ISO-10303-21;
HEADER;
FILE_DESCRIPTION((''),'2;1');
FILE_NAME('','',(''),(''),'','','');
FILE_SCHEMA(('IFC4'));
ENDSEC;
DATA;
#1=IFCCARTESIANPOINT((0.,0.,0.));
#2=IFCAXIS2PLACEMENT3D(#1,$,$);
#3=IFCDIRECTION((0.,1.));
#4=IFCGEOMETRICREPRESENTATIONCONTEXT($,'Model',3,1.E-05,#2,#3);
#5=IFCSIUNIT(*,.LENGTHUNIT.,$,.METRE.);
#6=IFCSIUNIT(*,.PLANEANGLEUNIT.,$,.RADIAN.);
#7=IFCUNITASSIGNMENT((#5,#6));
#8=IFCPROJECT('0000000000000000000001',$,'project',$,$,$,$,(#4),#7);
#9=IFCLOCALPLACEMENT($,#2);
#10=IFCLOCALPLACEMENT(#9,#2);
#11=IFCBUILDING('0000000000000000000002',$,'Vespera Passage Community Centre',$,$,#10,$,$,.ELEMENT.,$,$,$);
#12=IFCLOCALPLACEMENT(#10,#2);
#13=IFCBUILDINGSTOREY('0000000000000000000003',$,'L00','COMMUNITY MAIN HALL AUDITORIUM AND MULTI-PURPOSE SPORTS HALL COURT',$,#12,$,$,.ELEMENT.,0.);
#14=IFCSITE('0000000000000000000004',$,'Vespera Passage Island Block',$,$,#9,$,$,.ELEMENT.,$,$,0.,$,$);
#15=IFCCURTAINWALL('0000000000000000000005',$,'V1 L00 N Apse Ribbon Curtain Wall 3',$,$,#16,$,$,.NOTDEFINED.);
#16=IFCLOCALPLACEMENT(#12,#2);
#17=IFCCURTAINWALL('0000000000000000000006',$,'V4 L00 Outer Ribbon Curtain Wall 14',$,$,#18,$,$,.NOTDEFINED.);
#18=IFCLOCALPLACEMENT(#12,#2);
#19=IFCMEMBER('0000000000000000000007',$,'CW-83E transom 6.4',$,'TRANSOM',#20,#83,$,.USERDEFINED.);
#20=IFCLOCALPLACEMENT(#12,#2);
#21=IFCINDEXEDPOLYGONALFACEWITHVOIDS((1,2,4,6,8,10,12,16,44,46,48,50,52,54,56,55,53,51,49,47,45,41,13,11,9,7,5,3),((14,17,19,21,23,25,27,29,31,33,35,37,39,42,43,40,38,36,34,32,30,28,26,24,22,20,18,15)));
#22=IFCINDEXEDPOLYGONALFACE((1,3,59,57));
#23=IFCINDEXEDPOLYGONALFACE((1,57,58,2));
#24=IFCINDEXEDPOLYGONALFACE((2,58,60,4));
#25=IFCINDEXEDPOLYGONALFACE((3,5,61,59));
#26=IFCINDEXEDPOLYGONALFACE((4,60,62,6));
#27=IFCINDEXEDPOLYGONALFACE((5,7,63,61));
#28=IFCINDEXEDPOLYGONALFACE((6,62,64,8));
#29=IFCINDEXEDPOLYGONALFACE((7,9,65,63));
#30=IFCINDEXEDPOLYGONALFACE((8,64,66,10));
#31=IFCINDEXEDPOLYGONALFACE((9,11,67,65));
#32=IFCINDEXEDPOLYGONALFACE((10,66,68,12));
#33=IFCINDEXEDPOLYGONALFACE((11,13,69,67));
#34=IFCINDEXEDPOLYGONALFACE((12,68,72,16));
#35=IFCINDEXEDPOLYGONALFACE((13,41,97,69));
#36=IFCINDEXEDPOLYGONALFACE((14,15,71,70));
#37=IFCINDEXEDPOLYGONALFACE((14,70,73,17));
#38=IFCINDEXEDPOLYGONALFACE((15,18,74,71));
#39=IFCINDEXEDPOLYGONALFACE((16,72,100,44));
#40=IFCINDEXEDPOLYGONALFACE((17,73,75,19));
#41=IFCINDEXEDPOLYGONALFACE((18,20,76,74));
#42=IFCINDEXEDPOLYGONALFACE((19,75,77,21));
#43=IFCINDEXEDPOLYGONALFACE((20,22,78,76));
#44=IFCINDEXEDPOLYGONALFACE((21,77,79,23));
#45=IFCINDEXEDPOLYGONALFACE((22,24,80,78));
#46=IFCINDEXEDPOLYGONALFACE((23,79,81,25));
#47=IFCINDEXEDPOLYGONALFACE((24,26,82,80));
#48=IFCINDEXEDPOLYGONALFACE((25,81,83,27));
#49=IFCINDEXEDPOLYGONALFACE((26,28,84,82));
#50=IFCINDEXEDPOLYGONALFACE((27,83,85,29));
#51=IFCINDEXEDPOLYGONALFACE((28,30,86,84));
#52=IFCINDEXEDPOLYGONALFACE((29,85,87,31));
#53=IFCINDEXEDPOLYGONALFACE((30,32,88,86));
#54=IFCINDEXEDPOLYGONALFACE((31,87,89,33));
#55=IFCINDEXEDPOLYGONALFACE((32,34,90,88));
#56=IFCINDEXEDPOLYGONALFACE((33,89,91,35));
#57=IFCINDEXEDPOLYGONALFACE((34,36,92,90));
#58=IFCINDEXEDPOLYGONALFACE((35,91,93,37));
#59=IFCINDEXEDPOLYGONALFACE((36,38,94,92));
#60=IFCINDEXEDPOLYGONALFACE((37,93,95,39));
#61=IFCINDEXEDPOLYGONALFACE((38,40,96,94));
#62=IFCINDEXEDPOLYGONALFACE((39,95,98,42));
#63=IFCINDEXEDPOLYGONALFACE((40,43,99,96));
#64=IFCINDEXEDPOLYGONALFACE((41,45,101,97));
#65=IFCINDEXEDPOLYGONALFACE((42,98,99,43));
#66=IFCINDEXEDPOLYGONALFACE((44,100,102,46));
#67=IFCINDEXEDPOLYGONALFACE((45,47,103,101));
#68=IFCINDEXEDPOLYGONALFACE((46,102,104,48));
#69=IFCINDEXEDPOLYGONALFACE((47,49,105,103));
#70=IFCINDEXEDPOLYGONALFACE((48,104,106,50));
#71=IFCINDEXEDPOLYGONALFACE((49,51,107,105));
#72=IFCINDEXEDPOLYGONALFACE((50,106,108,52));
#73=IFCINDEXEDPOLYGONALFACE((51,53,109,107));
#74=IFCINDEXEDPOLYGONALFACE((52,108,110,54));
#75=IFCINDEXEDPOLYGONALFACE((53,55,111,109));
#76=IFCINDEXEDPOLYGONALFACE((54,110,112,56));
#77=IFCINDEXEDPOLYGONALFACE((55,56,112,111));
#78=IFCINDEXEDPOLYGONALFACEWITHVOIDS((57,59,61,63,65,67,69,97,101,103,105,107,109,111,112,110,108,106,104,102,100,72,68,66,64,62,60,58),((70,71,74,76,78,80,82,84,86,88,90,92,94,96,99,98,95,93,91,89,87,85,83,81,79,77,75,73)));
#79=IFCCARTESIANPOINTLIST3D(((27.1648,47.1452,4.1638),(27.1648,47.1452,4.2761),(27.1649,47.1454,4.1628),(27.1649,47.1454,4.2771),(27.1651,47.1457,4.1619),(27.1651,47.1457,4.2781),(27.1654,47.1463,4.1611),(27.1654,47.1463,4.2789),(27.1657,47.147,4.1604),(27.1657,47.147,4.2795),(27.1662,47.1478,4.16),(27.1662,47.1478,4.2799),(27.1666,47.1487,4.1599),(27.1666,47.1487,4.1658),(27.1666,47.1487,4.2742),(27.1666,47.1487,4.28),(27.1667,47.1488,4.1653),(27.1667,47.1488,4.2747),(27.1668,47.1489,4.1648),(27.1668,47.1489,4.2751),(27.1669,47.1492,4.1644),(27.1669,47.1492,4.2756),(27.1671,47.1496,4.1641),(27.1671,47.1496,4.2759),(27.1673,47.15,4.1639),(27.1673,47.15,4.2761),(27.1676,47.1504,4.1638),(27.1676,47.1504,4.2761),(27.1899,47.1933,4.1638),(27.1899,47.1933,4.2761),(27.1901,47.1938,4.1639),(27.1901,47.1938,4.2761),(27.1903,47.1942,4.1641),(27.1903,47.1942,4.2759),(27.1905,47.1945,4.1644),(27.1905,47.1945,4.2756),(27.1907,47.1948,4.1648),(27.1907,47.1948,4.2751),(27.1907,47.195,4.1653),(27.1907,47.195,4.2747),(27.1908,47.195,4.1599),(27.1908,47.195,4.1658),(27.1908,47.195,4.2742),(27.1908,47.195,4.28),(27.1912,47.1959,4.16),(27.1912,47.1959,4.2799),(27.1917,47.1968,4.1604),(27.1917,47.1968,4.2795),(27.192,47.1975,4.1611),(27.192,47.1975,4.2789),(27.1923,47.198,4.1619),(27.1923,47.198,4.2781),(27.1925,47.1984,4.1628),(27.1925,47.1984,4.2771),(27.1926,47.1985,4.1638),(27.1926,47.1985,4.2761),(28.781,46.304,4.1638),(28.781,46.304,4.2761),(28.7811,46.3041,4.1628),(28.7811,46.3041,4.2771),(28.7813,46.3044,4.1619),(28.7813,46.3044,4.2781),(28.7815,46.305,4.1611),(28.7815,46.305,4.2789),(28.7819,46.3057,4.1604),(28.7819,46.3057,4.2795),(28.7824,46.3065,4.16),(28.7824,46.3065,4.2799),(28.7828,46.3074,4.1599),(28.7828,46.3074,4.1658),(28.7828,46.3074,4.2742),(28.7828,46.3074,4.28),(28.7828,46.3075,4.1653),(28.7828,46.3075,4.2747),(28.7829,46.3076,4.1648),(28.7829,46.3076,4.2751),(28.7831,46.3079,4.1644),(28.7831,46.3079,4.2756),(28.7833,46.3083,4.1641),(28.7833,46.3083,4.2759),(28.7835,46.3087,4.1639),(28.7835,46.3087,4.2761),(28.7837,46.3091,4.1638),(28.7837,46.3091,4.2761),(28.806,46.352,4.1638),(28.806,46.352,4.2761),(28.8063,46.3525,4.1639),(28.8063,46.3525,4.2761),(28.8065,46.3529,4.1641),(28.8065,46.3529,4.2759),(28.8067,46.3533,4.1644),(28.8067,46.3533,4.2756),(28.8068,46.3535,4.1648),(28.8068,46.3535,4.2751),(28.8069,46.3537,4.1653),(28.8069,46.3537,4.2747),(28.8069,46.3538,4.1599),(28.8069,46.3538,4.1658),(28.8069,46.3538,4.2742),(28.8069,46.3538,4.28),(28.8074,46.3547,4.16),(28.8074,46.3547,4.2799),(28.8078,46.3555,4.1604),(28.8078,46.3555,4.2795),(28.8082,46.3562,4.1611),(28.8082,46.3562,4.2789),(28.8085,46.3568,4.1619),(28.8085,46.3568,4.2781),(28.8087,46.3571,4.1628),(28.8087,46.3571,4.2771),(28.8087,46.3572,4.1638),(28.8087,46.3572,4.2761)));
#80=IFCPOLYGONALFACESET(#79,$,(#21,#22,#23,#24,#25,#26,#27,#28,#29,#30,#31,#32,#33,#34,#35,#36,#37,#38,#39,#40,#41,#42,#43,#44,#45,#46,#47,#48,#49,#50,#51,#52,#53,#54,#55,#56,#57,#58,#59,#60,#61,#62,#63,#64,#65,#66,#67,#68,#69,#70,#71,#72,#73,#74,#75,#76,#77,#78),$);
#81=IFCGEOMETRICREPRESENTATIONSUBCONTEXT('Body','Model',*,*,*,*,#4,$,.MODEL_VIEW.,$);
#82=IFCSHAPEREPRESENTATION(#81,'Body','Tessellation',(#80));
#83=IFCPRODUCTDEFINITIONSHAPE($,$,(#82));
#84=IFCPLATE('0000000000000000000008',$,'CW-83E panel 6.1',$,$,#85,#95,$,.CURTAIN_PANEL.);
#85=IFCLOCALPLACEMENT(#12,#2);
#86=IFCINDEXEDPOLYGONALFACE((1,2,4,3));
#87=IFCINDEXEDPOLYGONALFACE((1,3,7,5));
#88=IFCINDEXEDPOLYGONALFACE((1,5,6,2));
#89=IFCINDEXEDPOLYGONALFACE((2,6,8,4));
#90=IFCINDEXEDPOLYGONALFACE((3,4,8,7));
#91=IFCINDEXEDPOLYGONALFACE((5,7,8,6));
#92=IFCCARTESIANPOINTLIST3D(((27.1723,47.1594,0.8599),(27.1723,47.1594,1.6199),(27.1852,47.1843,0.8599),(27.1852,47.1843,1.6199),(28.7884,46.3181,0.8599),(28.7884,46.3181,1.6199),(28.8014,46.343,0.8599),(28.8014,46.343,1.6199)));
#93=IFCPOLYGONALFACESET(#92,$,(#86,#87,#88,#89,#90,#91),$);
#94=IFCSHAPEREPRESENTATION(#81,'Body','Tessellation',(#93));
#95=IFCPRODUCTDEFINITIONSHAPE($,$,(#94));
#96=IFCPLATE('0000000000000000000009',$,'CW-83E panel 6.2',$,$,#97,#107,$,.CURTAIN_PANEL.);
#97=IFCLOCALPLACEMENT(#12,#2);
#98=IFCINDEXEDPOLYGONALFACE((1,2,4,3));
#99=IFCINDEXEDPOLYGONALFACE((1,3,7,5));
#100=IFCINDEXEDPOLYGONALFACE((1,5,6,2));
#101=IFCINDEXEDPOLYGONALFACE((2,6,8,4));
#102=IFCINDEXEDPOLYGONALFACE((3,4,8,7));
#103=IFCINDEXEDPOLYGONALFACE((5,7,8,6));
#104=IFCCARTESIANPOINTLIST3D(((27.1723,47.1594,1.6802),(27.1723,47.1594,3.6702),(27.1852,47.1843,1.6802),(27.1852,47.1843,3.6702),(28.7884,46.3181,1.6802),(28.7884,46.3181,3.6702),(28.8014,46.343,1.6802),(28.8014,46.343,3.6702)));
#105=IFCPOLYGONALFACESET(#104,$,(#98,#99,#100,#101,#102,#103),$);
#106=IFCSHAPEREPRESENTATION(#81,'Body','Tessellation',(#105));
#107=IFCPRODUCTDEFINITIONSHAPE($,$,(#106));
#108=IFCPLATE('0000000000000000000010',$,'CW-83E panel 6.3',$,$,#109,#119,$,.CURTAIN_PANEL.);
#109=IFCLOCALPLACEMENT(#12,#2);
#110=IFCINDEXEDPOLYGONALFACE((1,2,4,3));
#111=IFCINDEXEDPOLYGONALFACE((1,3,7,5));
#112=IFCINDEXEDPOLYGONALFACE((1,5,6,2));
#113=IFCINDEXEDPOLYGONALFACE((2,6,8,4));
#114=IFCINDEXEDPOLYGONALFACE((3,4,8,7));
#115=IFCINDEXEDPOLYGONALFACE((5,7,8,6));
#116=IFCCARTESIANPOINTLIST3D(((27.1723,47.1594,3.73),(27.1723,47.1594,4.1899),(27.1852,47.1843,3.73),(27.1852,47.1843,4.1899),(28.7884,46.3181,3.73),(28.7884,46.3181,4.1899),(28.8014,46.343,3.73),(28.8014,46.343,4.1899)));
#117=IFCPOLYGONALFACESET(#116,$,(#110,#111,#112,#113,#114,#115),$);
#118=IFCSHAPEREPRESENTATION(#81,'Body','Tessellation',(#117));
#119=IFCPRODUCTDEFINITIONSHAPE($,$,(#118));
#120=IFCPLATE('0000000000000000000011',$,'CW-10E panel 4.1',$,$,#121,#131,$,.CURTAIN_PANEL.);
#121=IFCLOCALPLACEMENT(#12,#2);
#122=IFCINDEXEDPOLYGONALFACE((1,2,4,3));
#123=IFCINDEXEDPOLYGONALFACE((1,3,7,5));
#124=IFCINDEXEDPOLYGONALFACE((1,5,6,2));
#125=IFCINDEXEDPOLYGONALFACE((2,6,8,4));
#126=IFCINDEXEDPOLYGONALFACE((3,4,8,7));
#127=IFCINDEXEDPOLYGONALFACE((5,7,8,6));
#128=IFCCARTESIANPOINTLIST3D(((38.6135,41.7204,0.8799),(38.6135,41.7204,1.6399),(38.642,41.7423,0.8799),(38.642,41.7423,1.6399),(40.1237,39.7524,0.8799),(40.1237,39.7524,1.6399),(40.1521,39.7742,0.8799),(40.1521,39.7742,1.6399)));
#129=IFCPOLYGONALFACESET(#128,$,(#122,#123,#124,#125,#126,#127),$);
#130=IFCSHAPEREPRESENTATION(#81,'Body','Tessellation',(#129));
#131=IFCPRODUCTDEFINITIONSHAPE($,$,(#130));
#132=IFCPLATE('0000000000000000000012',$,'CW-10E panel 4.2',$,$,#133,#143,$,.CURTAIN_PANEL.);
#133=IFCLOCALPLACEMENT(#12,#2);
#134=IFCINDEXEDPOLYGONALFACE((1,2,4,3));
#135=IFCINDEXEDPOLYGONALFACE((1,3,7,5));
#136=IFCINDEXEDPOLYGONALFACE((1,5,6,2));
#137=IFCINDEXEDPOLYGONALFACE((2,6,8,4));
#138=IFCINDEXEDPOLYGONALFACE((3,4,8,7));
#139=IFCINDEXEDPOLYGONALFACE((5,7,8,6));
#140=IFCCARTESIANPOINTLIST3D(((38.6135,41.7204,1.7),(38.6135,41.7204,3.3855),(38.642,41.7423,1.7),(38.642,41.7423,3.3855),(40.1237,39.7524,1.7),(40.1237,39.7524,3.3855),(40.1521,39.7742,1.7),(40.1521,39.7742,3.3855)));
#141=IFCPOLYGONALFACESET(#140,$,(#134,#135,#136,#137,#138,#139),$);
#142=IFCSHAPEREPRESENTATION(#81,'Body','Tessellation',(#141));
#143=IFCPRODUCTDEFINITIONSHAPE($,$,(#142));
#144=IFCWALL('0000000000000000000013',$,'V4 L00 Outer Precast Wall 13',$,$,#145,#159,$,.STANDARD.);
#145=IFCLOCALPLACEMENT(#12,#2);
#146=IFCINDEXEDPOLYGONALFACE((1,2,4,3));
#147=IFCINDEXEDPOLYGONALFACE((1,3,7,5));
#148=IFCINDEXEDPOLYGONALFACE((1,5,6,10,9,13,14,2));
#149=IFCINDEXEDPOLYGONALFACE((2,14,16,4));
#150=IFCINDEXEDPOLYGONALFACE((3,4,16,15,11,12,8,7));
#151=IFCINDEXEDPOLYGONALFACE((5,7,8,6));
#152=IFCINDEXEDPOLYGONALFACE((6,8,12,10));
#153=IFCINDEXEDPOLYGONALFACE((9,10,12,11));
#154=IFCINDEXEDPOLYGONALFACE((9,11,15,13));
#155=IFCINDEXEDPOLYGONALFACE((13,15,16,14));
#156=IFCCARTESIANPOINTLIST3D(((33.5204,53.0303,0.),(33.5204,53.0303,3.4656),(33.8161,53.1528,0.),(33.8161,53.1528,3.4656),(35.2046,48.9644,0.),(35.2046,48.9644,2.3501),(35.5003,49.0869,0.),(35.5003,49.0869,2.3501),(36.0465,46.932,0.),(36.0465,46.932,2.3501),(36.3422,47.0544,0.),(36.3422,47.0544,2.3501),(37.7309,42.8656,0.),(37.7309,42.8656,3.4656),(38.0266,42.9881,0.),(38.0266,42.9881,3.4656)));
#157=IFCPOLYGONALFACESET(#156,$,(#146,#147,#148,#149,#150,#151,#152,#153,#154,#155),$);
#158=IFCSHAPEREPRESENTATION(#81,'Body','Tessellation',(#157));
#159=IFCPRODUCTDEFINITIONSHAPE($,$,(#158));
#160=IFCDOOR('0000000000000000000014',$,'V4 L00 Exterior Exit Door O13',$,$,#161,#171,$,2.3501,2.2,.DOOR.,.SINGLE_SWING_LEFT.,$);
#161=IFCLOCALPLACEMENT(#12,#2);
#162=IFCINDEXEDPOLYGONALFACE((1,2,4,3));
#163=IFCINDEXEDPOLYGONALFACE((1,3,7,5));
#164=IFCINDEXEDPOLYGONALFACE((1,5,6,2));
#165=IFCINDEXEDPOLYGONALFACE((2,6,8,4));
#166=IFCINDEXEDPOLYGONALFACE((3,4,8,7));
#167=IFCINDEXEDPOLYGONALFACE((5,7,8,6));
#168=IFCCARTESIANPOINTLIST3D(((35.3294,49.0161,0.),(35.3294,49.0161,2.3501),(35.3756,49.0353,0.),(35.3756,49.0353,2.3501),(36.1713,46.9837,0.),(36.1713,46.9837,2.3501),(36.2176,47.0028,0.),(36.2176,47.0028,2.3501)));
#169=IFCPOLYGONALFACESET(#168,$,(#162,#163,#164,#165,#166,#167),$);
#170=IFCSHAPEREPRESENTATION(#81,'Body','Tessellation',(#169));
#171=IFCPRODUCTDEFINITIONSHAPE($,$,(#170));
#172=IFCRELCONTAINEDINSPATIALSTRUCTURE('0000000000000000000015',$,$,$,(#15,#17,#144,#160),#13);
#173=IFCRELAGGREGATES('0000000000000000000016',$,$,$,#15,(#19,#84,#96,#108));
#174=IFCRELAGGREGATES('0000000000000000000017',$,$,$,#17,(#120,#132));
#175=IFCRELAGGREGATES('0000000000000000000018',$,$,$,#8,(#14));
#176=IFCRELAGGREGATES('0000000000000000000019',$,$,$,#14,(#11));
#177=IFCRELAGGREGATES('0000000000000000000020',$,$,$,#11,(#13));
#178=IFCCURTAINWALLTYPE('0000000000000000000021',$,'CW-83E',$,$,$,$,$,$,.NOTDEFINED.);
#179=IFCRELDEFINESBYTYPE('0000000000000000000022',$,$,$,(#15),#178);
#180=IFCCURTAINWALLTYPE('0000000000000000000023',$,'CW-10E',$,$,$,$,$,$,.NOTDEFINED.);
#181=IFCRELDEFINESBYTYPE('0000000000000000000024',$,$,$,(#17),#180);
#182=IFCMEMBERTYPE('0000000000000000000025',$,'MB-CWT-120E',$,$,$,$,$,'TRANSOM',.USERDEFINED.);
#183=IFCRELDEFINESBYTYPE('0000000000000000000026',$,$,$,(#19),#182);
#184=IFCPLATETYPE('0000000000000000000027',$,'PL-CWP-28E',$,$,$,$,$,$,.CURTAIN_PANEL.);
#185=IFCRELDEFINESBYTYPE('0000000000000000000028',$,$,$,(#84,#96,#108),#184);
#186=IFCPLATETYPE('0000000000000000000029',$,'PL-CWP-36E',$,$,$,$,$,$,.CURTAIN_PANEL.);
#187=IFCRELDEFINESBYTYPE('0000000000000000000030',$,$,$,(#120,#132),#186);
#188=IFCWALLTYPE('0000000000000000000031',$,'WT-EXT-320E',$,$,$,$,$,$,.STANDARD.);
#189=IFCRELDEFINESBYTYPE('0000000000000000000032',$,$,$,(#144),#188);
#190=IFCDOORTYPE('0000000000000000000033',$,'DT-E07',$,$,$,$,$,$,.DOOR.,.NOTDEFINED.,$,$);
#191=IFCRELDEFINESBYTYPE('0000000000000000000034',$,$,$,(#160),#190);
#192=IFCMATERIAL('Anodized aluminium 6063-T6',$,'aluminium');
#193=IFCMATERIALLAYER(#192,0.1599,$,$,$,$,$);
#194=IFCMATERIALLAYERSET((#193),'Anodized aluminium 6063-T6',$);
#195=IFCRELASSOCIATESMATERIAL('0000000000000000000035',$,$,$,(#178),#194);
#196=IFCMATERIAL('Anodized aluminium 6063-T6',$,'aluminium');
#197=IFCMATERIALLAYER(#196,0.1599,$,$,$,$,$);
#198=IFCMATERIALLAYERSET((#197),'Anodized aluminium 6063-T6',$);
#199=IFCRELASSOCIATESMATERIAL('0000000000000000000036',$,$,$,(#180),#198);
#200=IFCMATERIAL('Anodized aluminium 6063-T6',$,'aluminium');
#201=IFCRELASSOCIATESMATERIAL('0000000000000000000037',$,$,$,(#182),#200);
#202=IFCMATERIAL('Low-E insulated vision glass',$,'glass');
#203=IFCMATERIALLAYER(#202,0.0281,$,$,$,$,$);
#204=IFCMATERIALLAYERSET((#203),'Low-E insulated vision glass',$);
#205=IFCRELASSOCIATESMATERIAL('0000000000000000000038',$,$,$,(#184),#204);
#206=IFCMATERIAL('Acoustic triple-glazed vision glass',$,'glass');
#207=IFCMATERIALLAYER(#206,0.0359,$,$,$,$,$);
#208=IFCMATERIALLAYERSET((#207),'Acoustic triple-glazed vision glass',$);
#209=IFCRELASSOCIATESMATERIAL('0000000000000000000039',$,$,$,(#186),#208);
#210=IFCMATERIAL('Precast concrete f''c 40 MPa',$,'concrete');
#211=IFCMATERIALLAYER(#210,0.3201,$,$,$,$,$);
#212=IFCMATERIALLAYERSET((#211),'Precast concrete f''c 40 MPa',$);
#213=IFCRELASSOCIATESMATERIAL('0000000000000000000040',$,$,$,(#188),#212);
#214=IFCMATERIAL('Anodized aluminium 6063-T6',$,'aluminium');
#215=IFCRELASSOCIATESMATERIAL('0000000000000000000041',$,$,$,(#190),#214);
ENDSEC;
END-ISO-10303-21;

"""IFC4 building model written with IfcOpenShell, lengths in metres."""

from ifc_helpers import new_model, si_unit, direction, frame, frame_2d, origin, origin_2d, place, context, subcontext, project, spatial, rectangle, hollow_rectangle, extrude, material, layer, layer_set, material_profile, profile_set, type_object, element, fill, aggregate, save


model = new_model("IFC4")

# Units and contexts
model_context = context("Model", 3, precision=1e-05, world=origin(), true_north=direction((0.0, 1.0)))
body_context = subcontext(model_context, "Body", "Model", "MODEL_VIEW")
ifc_project = project(units=[si_unit("LENGTHUNIT", "METRE"), si_unit("PLANEANGLEUNIT", "RADIAN")], contexts=[model_context])

# Site, building, storey
site_placement = place(None, origin())
site = spatial("IfcSite", under=ifc_project, at=site_placement, Name="Vespera Passage Island Block", CompositionType="ELEMENT", RefElevation=0.0)
building_placement = place(site_placement, origin())
building = spatial("IfcBuilding", under=site, at=building_placement, Name="Vespera Passage Community Centre", CompositionType="ELEMENT")
storey_placement = place(building_placement, origin())
storey = spatial("IfcBuildingStorey", under=building, at=storey_placement, Name="L00", Description="COMMUNITY MAIN HALL AUDITORIUM AND MULTI-PURPOSE SPORTS HALL COURT", CompositionType="ELEMENT", Elevation=0.0)

# Curtain wall
ifc_material_1 = material(Name="Anodized aluminium 6063-T6", Category="aluminium")
ifc_layer_1 = layer(ifc_material_1, 0.1599)
ifc_layer_set_1 = layer_set([ifc_layer_1], Name="Anodized aluminium 6063-T6")
curtain_wall_type_1 = type_object("IfcCurtainWallType", Name="CW-83E", PredefinedType="NOTDEFINED", material=ifc_layer_set_1)
curtain_wall_1_placement = place(storey_placement, origin())
curtain_wall_1 = element("IfcCurtainWall", 1, at=curtain_wall_1_placement, inside=storey, type_object=curtain_wall_type_1, Name="V1 L00 N Apse Ribbon Curtain Wall 3", PredefinedType="NOTDEFINED")

# Curtain wall
ifc_material_2 = material(Name="Anodized aluminium 6063-T6", Category="aluminium")
ifc_layer_2 = layer(ifc_material_2, 0.1599)
ifc_layer_set_2 = layer_set([ifc_layer_2], Name="Anodized aluminium 6063-T6")
curtain_wall_type_2 = type_object("IfcCurtainWallType", Name="CW-10E", PredefinedType="NOTDEFINED", material=ifc_layer_set_2)
curtain_wall_2_placement = place(storey_placement, origin())
curtain_wall_2 = element("IfcCurtainWall", 2, at=curtain_wall_2_placement, inside=storey, type_object=curtain_wall_type_2, Name="V4 L00 Outer Ribbon Curtain Wall 14", PredefinedType="NOTDEFINED")

# Member
ifc_material_3 = material(Name="Anodized aluminium 6063-T6", Category="aluminium")
ifc_material_profile_1 = material_profile(ifc_material_3, hollow_rectangle(XDim=0.0601, YDim=0.1201, WallThickness=0.0039, InnerFilletRadius=0.002, OuterFilletRadius=0.0039, at=origin_2d()), Name="ALU120X60X4")
ifc_profile_set_1 = profile_set([ifc_material_profile_1], Name="Anodized aluminium 6063-T6")
member_type_1 = type_object("IfcMemberType", Name="MB-CWT-120E", ElementType="TRANSOM", PredefinedType="USERDEFINED", material=ifc_profile_set_1)
member_1_placement = place(storey_placement, frame((27.1787, 47.1719, 4.22), z_axis=(0.887019, -0.461732, 0.0), x_axis=(0.461732, 0.887019, 0.0)))
member_1 = element("IfcMember", 3, at=member_1_placement, type_object=member_type_1, Name="CW-83E transom 6.4", ObjectType="TRANSOM", PredefinedType="USERDEFINED", context=body_context, shape_type="SweptSolid", body=[
    extrude(hollow_rectangle(XDim=0.0601, YDim=0.1201, WallThickness=0.0039, InnerFilletRadius=0.002, OuterFilletRadius=0.0039, at=origin_2d()), origin(), (0.0, 0.0, 1.0), 1.822),
])

# Plates
ifc_material_4 = material(Name="Low-E insulated vision glass", Category="glass")
ifc_layer_3 = layer(ifc_material_4, 0.0281)
ifc_layer_set_3 = layer_set([ifc_layer_3], Name="Low-E insulated vision glass")
plate_type_1 = type_object("IfcPlateType", Name="PL-CWP-28E", PredefinedType="CURTAIN_PANEL", material=ifc_layer_set_3)
plate_1_placement = place(storey_placement, frame((27.9868, 46.7512, 0.8599), z_axis=(0.0, 0.0, 1.0), x_axis=(0.887013, -0.461745, 0.0)))
plate_1 = element("IfcPlate", 4, at=plate_1_placement, type_object=plate_type_1, Name="CW-83E panel 6.1", PredefinedType="CURTAIN_PANEL", context=body_context, shape_type="SweptSolid", body=[
    extrude(rectangle(XDim=1.822, YDim=0.0281, at=origin_2d()), origin(), (0.0, 0.0, 1.0), 0.76),
])
plate_2_placement = place(storey_placement, frame((27.9868, 46.7512, 1.6802), z_axis=(0.0, 0.0, 1.0), x_axis=(0.887013, -0.461745, 0.0)))
plate_2 = element("IfcPlate", 5, at=plate_2_placement, type_object=plate_type_1, Name="CW-83E panel 6.2", PredefinedType="CURTAIN_PANEL", context=body_context, shape_type="SweptSolid", body=[
    extrude(rectangle(XDim=1.822, YDim=0.0281, at=origin_2d()), origin(), (0.0, 0.0, 1.0), 1.99),
])
plate_3_placement = place(storey_placement, frame((27.9868, 46.7512, 3.73), z_axis=(0.0, 0.0, 1.0), x_axis=(0.887013, -0.461745, 0.0)))
plate_3 = element("IfcPlate", 6, at=plate_3_placement, type_object=plate_type_1, Name="CW-83E panel 6.3", PredefinedType="CURTAIN_PANEL", context=body_context, shape_type="SweptSolid", body=[
    extrude(rectangle(XDim=1.822, YDim=0.0281, at=origin_2d()), origin(), (0.0, 0.0, 1.0), 0.46),
])
aggregate(curtain_wall_1, [member_1, plate_1, plate_2, plate_3])
ifc_material_5 = material(Name="Acoustic triple-glazed vision glass", Category="glass")
ifc_layer_4 = layer(ifc_material_5, 0.0359)
ifc_layer_set_4 = layer_set([ifc_layer_4], Name="Acoustic triple-glazed vision glass")
plate_type_2 = type_object("IfcPlateType", Name="PL-CWP-36E", PredefinedType="CURTAIN_PANEL", material=ifc_layer_set_4)
plate_4_placement = place(storey_placement, frame((39.3828, 40.7473, 0.8799), z_axis=(0.0, 0.0, 1.0), x_axis=(-0.608765, 0.79335, 0.0)))
plate_4 = element("IfcPlate", 7, at=plate_4_placement, type_object=plate_type_2, Name="CW-10E panel 4.1", PredefinedType="CURTAIN_PANEL", context=body_context, shape_type="SweptSolid", body=[
    extrude(rectangle(XDim=2.4807, YDim=0.0359, at=origin_2d()), origin(), (0.0, 0.0, 1.0), 0.76),
])
plate_5_placement = place(storey_placement, frame((39.3828, 40.7473, 1.7), z_axis=(0.0, 0.0, 1.0), x_axis=(-0.608765, 0.79335, 0.0)))
plate_5 = element("IfcPlate", 8, at=plate_5_placement, type_object=plate_type_2, Name="CW-10E panel 4.2", PredefinedType="CURTAIN_PANEL", context=body_context, shape_type="SweptSolid", body=[
    extrude(rectangle(XDim=2.4807, YDim=0.0359, at=origin_2d()), origin(), (0.0, 0.0, 1.0), 1.6855),
])
aggregate(curtain_wall_2, [plate_4, plate_5])

# Wall, opening, door
ifc_material_6 = material(Name="Precast concrete f'c 40 MPa", Category="concrete")
ifc_layer_5 = layer(ifc_material_6, 0.3201)
ifc_layer_set_5 = layer_set([ifc_layer_5], Name="Precast concrete f'c 40 MPa")
wall_type_1 = type_object("IfcWallType", Name="WT-EXT-320E", PredefinedType="STANDARD", material=ifc_layer_set_5)
wall_1_placement = place(storey_placement, frame((37.8787, 42.927, 0.0), z_axis=(0.0, 0.0, 1.0), x_axis=(-0.382695, 0.923875, 0.0)))
wall_1 = element("IfcWall", 9, at=wall_1_placement, inside=storey, type_object=wall_type_1, Name="V4 L00 Outer Precast Wall 13", PredefinedType="STANDARD", context=body_context, shape_type="SweptSolid", body=[
    extrude(rectangle(XDim=11.0022, YDim=0.3201, at=frame_2d((5.501, 0.0))), origin(), (0.0, 0.0, 1.0), 3.4656),
])
opening_1_placement = place(wall_1_placement, frame((4.4011, 0.0, 0.0)))
opening_1 = element("IfcOpeningElement", 10, at=opening_1_placement, cuts=wall_1, PredefinedType="OPENING", context=body_context, shape_type="SweptSolid", body=[
    extrude(rectangle(XDim=2.2, YDim=2.3501, at=frame_2d((1.1001, 1.175))), frame((0.0, 0.1702, 0.0), z_axis=(0.0, -1.0, 0.0), x_axis=(1.0, 0.0, 0.0)), (0.0, 0.0, 1.0), 0.3401),
])
ifc_material_7 = material(Name="Anodized aluminium 6063-T6", Category="aluminium")
door_type_1 = type_object("IfcDoorType", Name="DT-E07", OperationType="NOTDEFINED", PredefinedType="DOOR", material=ifc_material_7)
door_1_placement = place(opening_1_placement, origin())
door_1 = element("IfcDoor", 11, at=door_1_placement, inside=storey, type_object=door_type_1, Name="V4 L00 Exterior Exit Door O13", OperationType="SINGLE_SWING_LEFT", OverallHeight=2.3501, OverallWidth=2.2, PredefinedType="DOOR", context=body_context, shape_type="SweptSolid", body=[
    extrude(rectangle(XDim=2.2, YDim=2.3501, at=frame_2d((1.1001, 1.175))), frame((0.0, 0.0249, 0.0), z_axis=(0.0, -1.0, 0.0), x_axis=(1.0, 0.0, 0.0)), (0.0, 0.0, 1.0), 0.05),
])
fill(opening_1, door_1)

save(model, "model.ifc")
